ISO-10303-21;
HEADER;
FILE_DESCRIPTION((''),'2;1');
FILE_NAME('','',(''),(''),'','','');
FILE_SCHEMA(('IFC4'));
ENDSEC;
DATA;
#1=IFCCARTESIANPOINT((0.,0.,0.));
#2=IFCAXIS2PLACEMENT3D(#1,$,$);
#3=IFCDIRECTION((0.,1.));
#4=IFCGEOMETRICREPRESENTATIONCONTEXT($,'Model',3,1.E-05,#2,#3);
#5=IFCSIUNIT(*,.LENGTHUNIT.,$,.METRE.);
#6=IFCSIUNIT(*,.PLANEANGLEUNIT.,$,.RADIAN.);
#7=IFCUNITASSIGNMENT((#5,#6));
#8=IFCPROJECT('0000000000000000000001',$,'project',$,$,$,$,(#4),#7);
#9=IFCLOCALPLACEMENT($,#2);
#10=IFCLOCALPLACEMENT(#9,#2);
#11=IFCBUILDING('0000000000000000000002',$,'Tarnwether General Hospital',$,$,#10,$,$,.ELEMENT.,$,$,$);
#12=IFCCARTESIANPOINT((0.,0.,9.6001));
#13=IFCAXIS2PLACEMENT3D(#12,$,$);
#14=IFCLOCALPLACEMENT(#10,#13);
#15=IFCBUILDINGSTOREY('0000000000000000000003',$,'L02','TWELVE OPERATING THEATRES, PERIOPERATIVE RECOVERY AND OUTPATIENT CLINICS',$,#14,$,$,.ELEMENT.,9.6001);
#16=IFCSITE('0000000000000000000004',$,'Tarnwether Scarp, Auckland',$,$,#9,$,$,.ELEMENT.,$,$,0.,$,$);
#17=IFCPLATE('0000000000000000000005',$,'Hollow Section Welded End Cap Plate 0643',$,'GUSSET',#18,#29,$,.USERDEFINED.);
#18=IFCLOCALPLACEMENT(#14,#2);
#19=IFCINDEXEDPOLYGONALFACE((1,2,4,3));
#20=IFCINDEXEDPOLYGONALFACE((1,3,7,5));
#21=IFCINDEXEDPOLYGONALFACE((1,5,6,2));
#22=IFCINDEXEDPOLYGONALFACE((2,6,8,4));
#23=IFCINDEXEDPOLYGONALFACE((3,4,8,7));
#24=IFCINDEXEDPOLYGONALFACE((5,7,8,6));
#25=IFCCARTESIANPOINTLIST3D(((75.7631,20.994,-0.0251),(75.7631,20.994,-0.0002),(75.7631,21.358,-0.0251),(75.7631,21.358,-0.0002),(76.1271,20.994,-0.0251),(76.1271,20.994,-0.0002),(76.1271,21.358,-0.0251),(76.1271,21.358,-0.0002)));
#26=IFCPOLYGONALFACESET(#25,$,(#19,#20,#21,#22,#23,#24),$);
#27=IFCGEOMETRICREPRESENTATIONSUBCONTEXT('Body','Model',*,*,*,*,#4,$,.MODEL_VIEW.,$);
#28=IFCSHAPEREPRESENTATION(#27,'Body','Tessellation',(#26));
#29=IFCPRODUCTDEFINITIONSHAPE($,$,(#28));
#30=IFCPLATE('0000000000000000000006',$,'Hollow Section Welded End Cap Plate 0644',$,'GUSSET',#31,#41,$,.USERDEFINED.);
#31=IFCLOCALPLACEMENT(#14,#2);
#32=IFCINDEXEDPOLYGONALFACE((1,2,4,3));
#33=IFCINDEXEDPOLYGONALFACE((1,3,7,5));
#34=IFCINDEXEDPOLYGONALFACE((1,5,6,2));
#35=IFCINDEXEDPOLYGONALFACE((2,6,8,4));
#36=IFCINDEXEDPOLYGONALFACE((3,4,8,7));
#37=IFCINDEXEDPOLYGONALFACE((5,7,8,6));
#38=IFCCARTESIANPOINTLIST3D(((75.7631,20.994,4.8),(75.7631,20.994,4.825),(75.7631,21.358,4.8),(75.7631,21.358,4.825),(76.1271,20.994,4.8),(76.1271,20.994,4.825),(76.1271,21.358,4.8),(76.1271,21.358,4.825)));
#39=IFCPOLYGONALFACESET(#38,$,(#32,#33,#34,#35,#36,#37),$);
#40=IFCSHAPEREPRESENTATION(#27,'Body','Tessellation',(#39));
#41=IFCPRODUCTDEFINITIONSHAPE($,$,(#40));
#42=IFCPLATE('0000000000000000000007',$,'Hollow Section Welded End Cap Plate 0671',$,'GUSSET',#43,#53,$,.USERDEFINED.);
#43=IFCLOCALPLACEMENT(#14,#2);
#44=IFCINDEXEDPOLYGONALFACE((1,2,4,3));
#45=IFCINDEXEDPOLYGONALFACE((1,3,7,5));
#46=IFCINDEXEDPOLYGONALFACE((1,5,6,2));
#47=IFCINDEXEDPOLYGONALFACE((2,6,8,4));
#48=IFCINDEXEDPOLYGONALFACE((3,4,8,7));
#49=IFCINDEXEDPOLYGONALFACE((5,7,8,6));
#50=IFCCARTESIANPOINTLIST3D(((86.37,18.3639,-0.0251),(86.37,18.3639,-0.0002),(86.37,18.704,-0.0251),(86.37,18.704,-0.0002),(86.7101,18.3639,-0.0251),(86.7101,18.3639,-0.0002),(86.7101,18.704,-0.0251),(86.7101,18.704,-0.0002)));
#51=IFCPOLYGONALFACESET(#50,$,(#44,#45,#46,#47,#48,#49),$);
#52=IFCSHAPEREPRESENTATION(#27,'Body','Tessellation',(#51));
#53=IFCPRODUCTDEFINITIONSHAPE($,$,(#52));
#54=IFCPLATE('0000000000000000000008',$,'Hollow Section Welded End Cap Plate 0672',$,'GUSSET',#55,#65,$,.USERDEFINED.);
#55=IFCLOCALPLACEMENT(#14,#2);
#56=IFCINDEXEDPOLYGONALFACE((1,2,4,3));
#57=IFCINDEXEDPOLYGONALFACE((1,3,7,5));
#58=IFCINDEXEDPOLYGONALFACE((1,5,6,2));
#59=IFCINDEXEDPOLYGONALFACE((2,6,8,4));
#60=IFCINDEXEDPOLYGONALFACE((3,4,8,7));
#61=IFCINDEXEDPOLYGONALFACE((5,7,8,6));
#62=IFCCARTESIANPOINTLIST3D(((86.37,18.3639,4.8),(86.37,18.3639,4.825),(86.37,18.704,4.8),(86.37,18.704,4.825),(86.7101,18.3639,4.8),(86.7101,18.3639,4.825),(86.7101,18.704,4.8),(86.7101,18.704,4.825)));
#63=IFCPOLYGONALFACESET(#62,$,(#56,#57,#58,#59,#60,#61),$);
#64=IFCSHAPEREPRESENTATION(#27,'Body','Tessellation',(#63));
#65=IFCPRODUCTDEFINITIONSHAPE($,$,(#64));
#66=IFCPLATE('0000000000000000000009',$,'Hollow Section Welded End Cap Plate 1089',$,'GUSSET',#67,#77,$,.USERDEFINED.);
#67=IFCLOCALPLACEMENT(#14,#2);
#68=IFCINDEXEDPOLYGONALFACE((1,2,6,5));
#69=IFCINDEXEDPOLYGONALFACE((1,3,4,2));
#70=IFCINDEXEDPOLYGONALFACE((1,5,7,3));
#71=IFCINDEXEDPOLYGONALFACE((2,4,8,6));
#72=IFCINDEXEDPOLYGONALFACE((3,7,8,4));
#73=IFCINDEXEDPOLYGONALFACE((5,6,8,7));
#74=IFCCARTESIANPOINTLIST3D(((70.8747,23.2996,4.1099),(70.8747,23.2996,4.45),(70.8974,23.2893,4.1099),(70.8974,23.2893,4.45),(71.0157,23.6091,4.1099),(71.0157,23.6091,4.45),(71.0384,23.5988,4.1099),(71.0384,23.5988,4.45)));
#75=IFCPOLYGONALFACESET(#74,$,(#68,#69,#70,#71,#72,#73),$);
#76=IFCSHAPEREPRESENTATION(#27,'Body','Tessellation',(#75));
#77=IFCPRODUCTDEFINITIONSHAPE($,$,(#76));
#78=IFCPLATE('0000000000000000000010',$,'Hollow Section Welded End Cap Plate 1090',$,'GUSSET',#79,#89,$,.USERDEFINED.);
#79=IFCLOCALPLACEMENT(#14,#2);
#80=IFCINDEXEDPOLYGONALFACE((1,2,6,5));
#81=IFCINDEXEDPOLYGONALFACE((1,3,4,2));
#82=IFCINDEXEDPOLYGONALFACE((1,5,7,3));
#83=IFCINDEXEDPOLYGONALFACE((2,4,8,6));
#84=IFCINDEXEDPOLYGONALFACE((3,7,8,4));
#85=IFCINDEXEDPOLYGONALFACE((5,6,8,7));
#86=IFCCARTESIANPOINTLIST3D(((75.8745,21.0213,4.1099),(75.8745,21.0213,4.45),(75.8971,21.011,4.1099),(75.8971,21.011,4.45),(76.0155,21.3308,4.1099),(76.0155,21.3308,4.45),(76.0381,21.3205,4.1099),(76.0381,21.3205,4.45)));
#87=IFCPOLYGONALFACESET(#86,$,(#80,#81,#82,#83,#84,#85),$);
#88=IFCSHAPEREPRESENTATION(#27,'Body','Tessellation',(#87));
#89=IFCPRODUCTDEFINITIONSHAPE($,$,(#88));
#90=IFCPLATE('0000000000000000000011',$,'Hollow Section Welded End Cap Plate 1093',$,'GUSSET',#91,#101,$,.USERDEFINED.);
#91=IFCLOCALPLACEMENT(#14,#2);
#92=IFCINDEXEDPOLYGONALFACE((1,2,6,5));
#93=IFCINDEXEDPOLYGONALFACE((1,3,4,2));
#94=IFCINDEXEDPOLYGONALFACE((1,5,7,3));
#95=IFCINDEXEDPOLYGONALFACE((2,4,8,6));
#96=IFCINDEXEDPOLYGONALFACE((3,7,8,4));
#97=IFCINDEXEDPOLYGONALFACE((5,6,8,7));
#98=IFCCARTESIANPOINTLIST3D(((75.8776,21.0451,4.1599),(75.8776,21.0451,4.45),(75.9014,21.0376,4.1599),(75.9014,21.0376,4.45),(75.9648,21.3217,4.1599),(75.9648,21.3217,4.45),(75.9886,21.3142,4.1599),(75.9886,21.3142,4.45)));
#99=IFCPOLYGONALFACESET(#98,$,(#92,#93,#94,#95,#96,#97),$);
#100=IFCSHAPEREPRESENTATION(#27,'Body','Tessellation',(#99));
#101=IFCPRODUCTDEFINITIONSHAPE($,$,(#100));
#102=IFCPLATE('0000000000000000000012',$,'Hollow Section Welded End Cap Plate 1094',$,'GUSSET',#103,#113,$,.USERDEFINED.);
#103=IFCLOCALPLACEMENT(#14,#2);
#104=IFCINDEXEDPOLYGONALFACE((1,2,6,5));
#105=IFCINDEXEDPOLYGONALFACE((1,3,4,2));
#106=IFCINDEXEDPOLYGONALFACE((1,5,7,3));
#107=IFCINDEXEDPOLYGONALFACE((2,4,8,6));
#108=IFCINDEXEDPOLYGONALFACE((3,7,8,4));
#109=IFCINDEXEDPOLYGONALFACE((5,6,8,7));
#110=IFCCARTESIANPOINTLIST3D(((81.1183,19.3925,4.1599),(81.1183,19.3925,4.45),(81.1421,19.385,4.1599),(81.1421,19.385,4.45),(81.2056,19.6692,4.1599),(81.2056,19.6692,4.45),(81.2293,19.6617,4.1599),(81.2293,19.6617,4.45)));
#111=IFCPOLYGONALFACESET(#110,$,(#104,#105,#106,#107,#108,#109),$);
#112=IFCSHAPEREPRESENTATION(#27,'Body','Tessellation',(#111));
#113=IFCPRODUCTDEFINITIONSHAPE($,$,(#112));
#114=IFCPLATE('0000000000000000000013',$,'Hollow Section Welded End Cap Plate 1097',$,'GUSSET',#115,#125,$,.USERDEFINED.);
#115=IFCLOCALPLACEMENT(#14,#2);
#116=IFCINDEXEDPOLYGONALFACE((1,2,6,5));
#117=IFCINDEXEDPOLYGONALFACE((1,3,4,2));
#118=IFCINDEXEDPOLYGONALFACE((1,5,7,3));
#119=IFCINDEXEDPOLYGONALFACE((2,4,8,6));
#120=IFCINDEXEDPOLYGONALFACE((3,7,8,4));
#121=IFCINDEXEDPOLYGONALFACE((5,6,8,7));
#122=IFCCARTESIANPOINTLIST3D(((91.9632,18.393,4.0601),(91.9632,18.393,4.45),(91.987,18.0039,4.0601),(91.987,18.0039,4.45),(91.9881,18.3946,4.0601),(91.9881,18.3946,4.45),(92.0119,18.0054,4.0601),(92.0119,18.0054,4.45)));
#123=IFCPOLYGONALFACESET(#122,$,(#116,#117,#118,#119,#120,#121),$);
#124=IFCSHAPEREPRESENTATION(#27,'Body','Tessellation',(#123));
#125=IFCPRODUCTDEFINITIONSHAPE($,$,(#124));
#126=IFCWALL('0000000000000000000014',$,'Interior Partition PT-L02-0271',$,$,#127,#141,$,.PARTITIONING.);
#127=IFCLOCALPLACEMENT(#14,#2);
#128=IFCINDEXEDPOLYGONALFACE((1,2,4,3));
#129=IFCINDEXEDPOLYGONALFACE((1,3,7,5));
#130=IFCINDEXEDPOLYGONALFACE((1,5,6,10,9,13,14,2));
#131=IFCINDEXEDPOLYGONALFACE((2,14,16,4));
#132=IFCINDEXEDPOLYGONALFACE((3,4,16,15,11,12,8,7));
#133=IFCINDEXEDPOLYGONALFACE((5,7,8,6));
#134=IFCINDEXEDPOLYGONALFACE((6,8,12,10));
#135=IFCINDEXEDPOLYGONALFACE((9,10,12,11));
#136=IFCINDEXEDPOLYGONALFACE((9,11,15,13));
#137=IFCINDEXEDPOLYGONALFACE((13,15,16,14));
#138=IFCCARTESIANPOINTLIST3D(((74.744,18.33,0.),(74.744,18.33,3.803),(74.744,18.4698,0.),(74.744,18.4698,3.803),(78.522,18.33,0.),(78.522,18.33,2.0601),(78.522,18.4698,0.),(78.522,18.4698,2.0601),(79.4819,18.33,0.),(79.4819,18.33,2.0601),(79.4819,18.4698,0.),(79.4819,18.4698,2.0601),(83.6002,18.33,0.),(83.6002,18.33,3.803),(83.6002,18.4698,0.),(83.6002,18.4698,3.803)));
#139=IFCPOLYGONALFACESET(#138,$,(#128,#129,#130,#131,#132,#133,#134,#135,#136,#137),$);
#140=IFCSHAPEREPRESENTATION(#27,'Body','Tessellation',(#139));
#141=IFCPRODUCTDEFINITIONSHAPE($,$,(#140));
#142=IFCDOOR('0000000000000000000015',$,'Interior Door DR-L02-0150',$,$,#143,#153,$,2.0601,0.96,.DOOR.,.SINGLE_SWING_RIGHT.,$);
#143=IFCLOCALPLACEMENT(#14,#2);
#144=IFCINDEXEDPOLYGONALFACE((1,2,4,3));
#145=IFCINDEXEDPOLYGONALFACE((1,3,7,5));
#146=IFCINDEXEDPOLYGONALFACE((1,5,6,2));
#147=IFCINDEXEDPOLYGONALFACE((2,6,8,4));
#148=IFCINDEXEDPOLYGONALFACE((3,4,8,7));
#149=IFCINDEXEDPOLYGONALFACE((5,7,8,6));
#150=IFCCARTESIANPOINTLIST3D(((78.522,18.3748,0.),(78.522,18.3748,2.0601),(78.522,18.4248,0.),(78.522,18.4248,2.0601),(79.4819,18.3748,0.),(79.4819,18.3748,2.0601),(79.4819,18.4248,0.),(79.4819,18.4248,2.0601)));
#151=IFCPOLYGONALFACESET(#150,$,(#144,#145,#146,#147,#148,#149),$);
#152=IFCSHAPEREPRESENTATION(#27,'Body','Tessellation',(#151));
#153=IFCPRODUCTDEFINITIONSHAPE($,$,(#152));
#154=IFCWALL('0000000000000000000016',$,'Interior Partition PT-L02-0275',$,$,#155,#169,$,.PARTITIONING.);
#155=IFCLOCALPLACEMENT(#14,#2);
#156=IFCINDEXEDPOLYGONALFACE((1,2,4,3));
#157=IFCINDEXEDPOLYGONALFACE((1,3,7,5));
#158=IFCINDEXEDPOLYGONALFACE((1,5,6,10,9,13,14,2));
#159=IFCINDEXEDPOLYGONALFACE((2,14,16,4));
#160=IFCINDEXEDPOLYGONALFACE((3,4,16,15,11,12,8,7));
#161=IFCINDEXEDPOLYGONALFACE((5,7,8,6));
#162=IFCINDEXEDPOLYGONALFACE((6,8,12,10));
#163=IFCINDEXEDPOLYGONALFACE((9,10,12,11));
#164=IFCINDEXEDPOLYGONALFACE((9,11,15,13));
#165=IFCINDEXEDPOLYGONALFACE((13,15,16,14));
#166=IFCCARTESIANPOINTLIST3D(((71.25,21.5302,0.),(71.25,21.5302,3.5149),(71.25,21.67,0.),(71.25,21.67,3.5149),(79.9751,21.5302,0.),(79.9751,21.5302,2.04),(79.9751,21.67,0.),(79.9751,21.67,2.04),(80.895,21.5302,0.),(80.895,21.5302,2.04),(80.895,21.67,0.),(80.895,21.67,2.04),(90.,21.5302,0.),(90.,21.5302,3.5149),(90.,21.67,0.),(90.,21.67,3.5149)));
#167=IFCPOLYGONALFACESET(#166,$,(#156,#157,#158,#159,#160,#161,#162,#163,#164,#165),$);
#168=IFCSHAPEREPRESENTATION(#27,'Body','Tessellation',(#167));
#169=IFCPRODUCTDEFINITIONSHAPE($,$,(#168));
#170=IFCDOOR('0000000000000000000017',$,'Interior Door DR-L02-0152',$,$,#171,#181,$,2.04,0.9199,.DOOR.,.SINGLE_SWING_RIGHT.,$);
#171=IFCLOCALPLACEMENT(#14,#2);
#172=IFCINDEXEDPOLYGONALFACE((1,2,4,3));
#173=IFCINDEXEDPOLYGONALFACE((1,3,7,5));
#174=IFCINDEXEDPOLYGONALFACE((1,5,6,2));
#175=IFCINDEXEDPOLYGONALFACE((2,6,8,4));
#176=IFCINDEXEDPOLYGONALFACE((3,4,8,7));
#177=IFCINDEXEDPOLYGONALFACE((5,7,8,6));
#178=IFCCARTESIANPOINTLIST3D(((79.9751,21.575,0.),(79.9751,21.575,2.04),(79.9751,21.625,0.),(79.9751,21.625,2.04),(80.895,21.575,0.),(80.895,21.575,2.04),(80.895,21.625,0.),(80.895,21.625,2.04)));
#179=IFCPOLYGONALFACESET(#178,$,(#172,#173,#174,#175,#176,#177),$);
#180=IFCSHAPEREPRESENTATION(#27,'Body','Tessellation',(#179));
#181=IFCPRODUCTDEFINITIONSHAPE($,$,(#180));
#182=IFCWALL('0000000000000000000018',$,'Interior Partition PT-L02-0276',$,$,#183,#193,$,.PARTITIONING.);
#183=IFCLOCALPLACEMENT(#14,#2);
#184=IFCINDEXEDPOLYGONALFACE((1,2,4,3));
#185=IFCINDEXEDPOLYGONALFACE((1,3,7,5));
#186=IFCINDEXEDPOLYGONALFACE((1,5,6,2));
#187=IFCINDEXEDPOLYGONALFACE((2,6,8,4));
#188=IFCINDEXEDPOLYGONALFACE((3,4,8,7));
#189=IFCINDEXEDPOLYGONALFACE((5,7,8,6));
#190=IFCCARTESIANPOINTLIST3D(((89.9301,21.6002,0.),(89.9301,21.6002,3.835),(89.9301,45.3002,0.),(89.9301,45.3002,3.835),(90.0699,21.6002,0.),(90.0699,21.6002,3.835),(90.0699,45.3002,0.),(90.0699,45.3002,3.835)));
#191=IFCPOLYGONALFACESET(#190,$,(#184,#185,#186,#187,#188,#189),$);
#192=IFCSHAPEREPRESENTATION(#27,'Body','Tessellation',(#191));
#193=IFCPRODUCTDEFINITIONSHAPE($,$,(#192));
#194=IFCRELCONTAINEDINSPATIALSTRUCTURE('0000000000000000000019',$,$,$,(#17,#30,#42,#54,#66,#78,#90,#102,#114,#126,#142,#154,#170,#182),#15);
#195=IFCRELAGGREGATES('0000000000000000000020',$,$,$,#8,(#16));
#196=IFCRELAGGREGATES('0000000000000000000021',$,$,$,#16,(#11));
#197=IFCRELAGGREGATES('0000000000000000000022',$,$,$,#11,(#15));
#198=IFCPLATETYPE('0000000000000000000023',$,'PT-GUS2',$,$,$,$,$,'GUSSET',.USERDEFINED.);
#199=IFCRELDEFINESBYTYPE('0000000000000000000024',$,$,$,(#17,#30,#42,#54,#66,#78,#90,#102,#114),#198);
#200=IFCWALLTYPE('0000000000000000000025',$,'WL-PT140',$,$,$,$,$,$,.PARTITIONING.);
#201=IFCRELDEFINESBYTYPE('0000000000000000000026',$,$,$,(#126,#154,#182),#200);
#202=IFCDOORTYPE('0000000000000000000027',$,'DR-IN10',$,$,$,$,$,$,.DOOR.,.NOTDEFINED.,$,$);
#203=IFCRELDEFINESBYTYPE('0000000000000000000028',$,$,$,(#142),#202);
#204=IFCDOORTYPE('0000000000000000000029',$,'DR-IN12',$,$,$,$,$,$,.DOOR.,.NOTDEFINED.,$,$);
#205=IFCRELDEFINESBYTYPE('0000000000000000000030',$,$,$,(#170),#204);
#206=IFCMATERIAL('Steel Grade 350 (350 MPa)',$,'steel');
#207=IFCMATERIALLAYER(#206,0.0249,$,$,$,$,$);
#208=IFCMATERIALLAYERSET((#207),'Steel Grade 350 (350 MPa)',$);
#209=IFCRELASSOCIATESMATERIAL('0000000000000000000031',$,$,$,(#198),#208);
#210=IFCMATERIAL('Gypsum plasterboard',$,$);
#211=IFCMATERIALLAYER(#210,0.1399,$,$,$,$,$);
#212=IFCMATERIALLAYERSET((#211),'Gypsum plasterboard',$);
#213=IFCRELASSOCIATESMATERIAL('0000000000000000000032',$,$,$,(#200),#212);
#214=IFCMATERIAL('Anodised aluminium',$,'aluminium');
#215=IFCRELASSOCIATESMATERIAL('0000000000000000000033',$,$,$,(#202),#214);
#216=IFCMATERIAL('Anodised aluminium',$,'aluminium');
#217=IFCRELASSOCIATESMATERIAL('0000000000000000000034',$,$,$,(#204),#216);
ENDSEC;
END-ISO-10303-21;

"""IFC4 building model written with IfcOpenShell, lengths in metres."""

from ifc_helpers import new_model, si_unit, direction, frame, frame_2d, origin, origin_2d, place, context, subcontext, project, spatial, rectangle, extrude, material, layer, layer_set, type_object, element, fill, save


model = new_model("IFC4")

# Units and contexts
model_context = context("Model", 3, precision=1e-05, world=origin(), true_north=direction((0.0, 1.0)))
body_context = subcontext(model_context, "Body", "Model", "MODEL_VIEW")
ifc_project = project(units=[si_unit("LENGTHUNIT", "METRE"), si_unit("PLANEANGLEUNIT", "RADIAN")], contexts=[model_context])

# Site, building, storey
site_placement = place(None, origin())
site = spatial("IfcSite", under=ifc_project, at=site_placement, Name="Tarnwether Scarp, Auckland", CompositionType="ELEMENT", RefElevation=0.0)
building_placement = place(site_placement, origin())
building = spatial("IfcBuilding", under=site, at=building_placement, Name="Tarnwether General Hospital", CompositionType="ELEMENT")
storey_placement = place(building_placement, frame((0.0, 0.0, 9.6001)))
storey = spatial("IfcBuildingStorey", under=building, at=storey_placement, Name="L02", Description="TWELVE OPERATING THEATRES, PERIOPERATIVE RECOVERY AND OUTPATIENT CLINICS", CompositionType="ELEMENT", Elevation=9.6001)

# Plates
ifc_material_1 = material(Name="Steel Grade 350 (350 MPa)", Category="steel")
ifc_layer_1 = layer(ifc_material_1, 0.0249)
ifc_layer_set_1 = layer_set([ifc_layer_1], Name="Steel Grade 350 (350 MPa)")
plate_type = type_object("IfcPlateType", Name="PT-GUS2", ElementType="GUSSET", PredefinedType="USERDEFINED", material=ifc_layer_set_1)
for number, where, z_axis, x_axis, name in (
    (1, (75.9451, 21.176, -0.0251), (0.0, 0.0, 1.0), (1.0, 0.0, 0.0), "Hollow Section Welded End Cap Plate 0643"),
    (2, (75.9451, 21.176, 4.8), (0.0, 0.0, 1.0), (1.0, 0.0, 0.0), "Hollow Section Welded End Cap Plate 0644"),
):
    element("IfcPlate", number, at=place(storey_placement, frame(where, z_axis=z_axis, x_axis=x_axis)), inside=storey, type_object=plate_type, Name=name, ObjectType="GUSSET", PredefinedType="USERDEFINED", context=body_context, shape_type="SweptSolid", body=[
        extrude(rectangle(XDim=0.364, YDim=0.364, at=origin_2d()), origin(), (0.0, 0.0, 1.0), 0.0249),
    ])
for number, where, z_axis, x_axis, name in (
    (3, (86.54, 18.5339, -0.0251), (0.0, 0.0, 1.0), (1.0, 0.0, 0.0), "Hollow Section Welded End Cap Plate 0671"),
    (4, (86.54, 18.5339, 4.8), (0.0, 0.0, 1.0), (1.0, 0.0, 0.0), "Hollow Section Welded End Cap Plate 0672"),
):
    element("IfcPlate", number, at=place(storey_placement, frame(where, z_axis=z_axis, x_axis=x_axis)), inside=storey, type_object=plate_type, Name=name, ObjectType="GUSSET", PredefinedType="USERDEFINED", context=body_context, shape_type="SweptSolid", body=[
        extrude(rectangle(XDim=0.3401, YDim=0.3401, at=origin_2d()), origin(), (0.0, 0.0, 1.0), 0.0249),
    ])
for number, where, z_axis, x_axis, name in (
    (5, (70.9565, 23.4492, 4.1099), (0.0, 0.0, 1.0), (0.909969, -0.414677, 0.0), "Hollow Section Welded End Cap Plate 1089"),
    (6, (75.9563, 21.1709, 4.1099), (0.0, 0.0, 1.0), (0.909969, -0.414677, 0.0), "Hollow Section Welded End Cap Plate 1090"),
):
    element("IfcPlate", number, at=place(storey_placement, frame(where, z_axis=z_axis, x_axis=x_axis)), inside=storey, type_object=plate_type, Name=name, ObjectType="GUSSET", PredefinedType="USERDEFINED", context=body_context, shape_type="SweptSolid", body=[
        extrude(rectangle(XDim=0.0249, YDim=0.3401, at=origin_2d()), origin(), (0.0, 0.0, 1.0), 0.3401),
    ])
for number, where, z_axis, x_axis, name in (
    (7, (75.9331, 21.1797, 4.1599), (0.0, 0.0, 1.0), (0.953712, -0.300722, 0.0), "Hollow Section Welded End Cap Plate 1093"),
    (8, (81.1738, 19.5271, 4.1599), (0.0, 0.0, 1.0), (0.953712, -0.300722, 0.0), "Hollow Section Welded End Cap Plate 1094"),
):
    element("IfcPlate", number, at=place(storey_placement, frame(where, z_axis=z_axis, x_axis=x_axis)), inside=storey, type_object=plate_type, Name=name, ObjectType="GUSSET", PredefinedType="USERDEFINED", context=body_context, shape_type="SweptSolid", body=[
        extrude(rectangle(XDim=0.0249, YDim=0.29, at=origin_2d()), origin(), (0.0, 0.0, 1.0), 0.29),
    ])
plate_placement = place(storey_placement, frame((91.9875, 18.1992, 4.0601), z_axis=(0.0, 0.0, 1.0), x_axis=(0.998134, 0.061066, 0.0)))
element("IfcPlate", 9, at=plate_placement, inside=storey, type_object=plate_type, Name="Hollow Section Welded End Cap Plate 1097", ObjectType="GUSSET", PredefinedType="USERDEFINED", context=body_context, shape_type="SweptSolid", body=[
    extrude(rectangle(XDim=0.0249, YDim=0.3899, at=origin_2d()), origin(), (0.0, 0.0, 1.0), 0.3899),
])

# Walls, openings, doors
ifc_material_2 = material(Name="Gypsum plasterboard")
ifc_layer_2 = layer(ifc_material_2, 0.1399)
ifc_layer_set_2 = layer_set([ifc_layer_2], Name="Gypsum plasterboard")
wall_type_1 = type_object("IfcWallType", Name="WL-PT140", PredefinedType="PARTITIONING", material=ifc_layer_set_2)
wall_1_placement = place(storey_placement, frame((74.7439, 18.3999, 0.0), z_axis=(0.0, 0.0, 1.0), x_axis=(1.0, 0.0, 0.0)))
wall_1 = element("IfcWall", 10, at=wall_1_placement, inside=storey, type_object=wall_type_1, Name="Interior Partition PT-L02-0271", PredefinedType="PARTITIONING", context=body_context, shape_type="SweptSolid", body=[
    extrude(rectangle(XDim=8.8562, YDim=0.1399, at=frame_2d((4.4282, 0.0))), origin(), (0.0, 0.0, 1.0), 3.803),
])
opening_1_placement = place(wall_1_placement, frame((3.7781, 0.0, 0.0)))
opening_1 = element("IfcOpeningElement", 11, at=opening_1_placement, cuts=wall_1, PredefinedType="OPENING", context=body_context, shape_type="SweptSolid", body=[
    extrude(rectangle(XDim=0.96, YDim=2.0601, at=frame_2d((0.48, 1.03))), frame((0.0, 0.0801, 0.0), z_axis=(0.0, -1.0, 0.0), x_axis=(1.0, 0.0, 0.0)), (0.0, 0.0, 1.0), 0.1599),
])
ifc_material_3 = material(Name="Anodised aluminium", Category="aluminium")
door_type_1 = type_object("IfcDoorType", Name="DR-IN10", OperationType="NOTDEFINED", PredefinedType="DOOR", material=ifc_material_3)
door_1_placement = place(opening_1_placement, origin())
door_1 = element("IfcDoor", 12, at=door_1_placement, inside=storey, type_object=door_type_1, Name="Interior Door DR-L02-0150", OperationType="SINGLE_SWING_RIGHT", OverallHeight=2.0601, OverallWidth=0.96, PredefinedType="DOOR", context=body_context, shape_type="SweptSolid", body=[
    extrude(rectangle(XDim=0.96, YDim=2.0601, at=frame_2d((0.48, 1.03))), frame((0.0, 0.0249, 0.0), z_axis=(0.0, -1.0, 0.0), x_axis=(1.0, 0.0, 0.0)), (0.0, 0.0, 1.0), 0.05),
])
fill(opening_1, door_1)
wall_2_placement = place(storey_placement, frame((71.25, 21.6001, 0.0), z_axis=(0.0, 0.0, 1.0), x_axis=(1.0, 0.0, 0.0)))
wall_2 = element("IfcWall", 13, at=wall_2_placement, inside=storey, type_object=wall_type_1, Name="Interior Partition PT-L02-0275", PredefinedType="PARTITIONING", context=body_context, shape_type="SweptSolid", body=[
    extrude(rectangle(XDim=18.75, YDim=0.1399, at=frame_2d((9.375, 0.0))), origin(), (0.0, 0.0, 1.0), 3.5149),
])
opening_2_placement = place(wall_2_placement, frame((8.7251, 0.0, 0.0)))
opening_2 = element("IfcOpeningElement", 14, at=opening_2_placement, cuts=wall_2, PredefinedType="OPENING", context=body_context, shape_type="SweptSolid", body=[
    extrude(rectangle(XDim=0.9199, YDim=2.04, at=frame_2d((0.46, 1.02))), frame((0.0, 0.0801, 0.0), z_axis=(0.0, -1.0, 0.0), x_axis=(1.0, 0.0, 0.0)), (0.0, 0.0, 1.0), 0.1599),
])
ifc_material_4 = material(Name="Anodised aluminium", Category="aluminium")
door_type_2 = type_object("IfcDoorType", Name="DR-IN12", OperationType="NOTDEFINED", PredefinedType="DOOR", material=ifc_material_4)
door_2_placement = place(opening_2_placement, origin())
door_2 = element("IfcDoor", 15, at=door_2_placement, inside=storey, type_object=door_type_2, Name="Interior Door DR-L02-0152", OperationType="SINGLE_SWING_RIGHT", OverallHeight=2.04, OverallWidth=0.9199, PredefinedType="DOOR", context=body_context, shape_type="SweptSolid", body=[
    extrude(rectangle(XDim=0.9199, YDim=2.04, at=frame_2d((0.46, 1.02))), frame((0.0, 0.0249, 0.0), z_axis=(0.0, -1.0, 0.0), x_axis=(1.0, 0.0, 0.0)), (0.0, 0.0, 1.0), 0.05),
])
fill(opening_2, door_2)

# Wall
wall_3_placement = place(storey_placement, frame((90.0, 21.6001, 0.0), z_axis=(0.0, 0.0, 1.0), x_axis=(0.0, 1.0, 0.0)))
element("IfcWall", 16, at=wall_3_placement, inside=storey, type_object=wall_type_1, Name="Interior Partition PT-L02-0276", PredefinedType="PARTITIONING", context=body_context, shape_type="SweptSolid", body=[
    extrude(rectangle(XDim=23.7, YDim=0.1399, at=frame_2d((11.8501, 0.0))), origin(), (0.0, 0.0, 1.0), 3.835),
])

save(model, "model.ifc")
